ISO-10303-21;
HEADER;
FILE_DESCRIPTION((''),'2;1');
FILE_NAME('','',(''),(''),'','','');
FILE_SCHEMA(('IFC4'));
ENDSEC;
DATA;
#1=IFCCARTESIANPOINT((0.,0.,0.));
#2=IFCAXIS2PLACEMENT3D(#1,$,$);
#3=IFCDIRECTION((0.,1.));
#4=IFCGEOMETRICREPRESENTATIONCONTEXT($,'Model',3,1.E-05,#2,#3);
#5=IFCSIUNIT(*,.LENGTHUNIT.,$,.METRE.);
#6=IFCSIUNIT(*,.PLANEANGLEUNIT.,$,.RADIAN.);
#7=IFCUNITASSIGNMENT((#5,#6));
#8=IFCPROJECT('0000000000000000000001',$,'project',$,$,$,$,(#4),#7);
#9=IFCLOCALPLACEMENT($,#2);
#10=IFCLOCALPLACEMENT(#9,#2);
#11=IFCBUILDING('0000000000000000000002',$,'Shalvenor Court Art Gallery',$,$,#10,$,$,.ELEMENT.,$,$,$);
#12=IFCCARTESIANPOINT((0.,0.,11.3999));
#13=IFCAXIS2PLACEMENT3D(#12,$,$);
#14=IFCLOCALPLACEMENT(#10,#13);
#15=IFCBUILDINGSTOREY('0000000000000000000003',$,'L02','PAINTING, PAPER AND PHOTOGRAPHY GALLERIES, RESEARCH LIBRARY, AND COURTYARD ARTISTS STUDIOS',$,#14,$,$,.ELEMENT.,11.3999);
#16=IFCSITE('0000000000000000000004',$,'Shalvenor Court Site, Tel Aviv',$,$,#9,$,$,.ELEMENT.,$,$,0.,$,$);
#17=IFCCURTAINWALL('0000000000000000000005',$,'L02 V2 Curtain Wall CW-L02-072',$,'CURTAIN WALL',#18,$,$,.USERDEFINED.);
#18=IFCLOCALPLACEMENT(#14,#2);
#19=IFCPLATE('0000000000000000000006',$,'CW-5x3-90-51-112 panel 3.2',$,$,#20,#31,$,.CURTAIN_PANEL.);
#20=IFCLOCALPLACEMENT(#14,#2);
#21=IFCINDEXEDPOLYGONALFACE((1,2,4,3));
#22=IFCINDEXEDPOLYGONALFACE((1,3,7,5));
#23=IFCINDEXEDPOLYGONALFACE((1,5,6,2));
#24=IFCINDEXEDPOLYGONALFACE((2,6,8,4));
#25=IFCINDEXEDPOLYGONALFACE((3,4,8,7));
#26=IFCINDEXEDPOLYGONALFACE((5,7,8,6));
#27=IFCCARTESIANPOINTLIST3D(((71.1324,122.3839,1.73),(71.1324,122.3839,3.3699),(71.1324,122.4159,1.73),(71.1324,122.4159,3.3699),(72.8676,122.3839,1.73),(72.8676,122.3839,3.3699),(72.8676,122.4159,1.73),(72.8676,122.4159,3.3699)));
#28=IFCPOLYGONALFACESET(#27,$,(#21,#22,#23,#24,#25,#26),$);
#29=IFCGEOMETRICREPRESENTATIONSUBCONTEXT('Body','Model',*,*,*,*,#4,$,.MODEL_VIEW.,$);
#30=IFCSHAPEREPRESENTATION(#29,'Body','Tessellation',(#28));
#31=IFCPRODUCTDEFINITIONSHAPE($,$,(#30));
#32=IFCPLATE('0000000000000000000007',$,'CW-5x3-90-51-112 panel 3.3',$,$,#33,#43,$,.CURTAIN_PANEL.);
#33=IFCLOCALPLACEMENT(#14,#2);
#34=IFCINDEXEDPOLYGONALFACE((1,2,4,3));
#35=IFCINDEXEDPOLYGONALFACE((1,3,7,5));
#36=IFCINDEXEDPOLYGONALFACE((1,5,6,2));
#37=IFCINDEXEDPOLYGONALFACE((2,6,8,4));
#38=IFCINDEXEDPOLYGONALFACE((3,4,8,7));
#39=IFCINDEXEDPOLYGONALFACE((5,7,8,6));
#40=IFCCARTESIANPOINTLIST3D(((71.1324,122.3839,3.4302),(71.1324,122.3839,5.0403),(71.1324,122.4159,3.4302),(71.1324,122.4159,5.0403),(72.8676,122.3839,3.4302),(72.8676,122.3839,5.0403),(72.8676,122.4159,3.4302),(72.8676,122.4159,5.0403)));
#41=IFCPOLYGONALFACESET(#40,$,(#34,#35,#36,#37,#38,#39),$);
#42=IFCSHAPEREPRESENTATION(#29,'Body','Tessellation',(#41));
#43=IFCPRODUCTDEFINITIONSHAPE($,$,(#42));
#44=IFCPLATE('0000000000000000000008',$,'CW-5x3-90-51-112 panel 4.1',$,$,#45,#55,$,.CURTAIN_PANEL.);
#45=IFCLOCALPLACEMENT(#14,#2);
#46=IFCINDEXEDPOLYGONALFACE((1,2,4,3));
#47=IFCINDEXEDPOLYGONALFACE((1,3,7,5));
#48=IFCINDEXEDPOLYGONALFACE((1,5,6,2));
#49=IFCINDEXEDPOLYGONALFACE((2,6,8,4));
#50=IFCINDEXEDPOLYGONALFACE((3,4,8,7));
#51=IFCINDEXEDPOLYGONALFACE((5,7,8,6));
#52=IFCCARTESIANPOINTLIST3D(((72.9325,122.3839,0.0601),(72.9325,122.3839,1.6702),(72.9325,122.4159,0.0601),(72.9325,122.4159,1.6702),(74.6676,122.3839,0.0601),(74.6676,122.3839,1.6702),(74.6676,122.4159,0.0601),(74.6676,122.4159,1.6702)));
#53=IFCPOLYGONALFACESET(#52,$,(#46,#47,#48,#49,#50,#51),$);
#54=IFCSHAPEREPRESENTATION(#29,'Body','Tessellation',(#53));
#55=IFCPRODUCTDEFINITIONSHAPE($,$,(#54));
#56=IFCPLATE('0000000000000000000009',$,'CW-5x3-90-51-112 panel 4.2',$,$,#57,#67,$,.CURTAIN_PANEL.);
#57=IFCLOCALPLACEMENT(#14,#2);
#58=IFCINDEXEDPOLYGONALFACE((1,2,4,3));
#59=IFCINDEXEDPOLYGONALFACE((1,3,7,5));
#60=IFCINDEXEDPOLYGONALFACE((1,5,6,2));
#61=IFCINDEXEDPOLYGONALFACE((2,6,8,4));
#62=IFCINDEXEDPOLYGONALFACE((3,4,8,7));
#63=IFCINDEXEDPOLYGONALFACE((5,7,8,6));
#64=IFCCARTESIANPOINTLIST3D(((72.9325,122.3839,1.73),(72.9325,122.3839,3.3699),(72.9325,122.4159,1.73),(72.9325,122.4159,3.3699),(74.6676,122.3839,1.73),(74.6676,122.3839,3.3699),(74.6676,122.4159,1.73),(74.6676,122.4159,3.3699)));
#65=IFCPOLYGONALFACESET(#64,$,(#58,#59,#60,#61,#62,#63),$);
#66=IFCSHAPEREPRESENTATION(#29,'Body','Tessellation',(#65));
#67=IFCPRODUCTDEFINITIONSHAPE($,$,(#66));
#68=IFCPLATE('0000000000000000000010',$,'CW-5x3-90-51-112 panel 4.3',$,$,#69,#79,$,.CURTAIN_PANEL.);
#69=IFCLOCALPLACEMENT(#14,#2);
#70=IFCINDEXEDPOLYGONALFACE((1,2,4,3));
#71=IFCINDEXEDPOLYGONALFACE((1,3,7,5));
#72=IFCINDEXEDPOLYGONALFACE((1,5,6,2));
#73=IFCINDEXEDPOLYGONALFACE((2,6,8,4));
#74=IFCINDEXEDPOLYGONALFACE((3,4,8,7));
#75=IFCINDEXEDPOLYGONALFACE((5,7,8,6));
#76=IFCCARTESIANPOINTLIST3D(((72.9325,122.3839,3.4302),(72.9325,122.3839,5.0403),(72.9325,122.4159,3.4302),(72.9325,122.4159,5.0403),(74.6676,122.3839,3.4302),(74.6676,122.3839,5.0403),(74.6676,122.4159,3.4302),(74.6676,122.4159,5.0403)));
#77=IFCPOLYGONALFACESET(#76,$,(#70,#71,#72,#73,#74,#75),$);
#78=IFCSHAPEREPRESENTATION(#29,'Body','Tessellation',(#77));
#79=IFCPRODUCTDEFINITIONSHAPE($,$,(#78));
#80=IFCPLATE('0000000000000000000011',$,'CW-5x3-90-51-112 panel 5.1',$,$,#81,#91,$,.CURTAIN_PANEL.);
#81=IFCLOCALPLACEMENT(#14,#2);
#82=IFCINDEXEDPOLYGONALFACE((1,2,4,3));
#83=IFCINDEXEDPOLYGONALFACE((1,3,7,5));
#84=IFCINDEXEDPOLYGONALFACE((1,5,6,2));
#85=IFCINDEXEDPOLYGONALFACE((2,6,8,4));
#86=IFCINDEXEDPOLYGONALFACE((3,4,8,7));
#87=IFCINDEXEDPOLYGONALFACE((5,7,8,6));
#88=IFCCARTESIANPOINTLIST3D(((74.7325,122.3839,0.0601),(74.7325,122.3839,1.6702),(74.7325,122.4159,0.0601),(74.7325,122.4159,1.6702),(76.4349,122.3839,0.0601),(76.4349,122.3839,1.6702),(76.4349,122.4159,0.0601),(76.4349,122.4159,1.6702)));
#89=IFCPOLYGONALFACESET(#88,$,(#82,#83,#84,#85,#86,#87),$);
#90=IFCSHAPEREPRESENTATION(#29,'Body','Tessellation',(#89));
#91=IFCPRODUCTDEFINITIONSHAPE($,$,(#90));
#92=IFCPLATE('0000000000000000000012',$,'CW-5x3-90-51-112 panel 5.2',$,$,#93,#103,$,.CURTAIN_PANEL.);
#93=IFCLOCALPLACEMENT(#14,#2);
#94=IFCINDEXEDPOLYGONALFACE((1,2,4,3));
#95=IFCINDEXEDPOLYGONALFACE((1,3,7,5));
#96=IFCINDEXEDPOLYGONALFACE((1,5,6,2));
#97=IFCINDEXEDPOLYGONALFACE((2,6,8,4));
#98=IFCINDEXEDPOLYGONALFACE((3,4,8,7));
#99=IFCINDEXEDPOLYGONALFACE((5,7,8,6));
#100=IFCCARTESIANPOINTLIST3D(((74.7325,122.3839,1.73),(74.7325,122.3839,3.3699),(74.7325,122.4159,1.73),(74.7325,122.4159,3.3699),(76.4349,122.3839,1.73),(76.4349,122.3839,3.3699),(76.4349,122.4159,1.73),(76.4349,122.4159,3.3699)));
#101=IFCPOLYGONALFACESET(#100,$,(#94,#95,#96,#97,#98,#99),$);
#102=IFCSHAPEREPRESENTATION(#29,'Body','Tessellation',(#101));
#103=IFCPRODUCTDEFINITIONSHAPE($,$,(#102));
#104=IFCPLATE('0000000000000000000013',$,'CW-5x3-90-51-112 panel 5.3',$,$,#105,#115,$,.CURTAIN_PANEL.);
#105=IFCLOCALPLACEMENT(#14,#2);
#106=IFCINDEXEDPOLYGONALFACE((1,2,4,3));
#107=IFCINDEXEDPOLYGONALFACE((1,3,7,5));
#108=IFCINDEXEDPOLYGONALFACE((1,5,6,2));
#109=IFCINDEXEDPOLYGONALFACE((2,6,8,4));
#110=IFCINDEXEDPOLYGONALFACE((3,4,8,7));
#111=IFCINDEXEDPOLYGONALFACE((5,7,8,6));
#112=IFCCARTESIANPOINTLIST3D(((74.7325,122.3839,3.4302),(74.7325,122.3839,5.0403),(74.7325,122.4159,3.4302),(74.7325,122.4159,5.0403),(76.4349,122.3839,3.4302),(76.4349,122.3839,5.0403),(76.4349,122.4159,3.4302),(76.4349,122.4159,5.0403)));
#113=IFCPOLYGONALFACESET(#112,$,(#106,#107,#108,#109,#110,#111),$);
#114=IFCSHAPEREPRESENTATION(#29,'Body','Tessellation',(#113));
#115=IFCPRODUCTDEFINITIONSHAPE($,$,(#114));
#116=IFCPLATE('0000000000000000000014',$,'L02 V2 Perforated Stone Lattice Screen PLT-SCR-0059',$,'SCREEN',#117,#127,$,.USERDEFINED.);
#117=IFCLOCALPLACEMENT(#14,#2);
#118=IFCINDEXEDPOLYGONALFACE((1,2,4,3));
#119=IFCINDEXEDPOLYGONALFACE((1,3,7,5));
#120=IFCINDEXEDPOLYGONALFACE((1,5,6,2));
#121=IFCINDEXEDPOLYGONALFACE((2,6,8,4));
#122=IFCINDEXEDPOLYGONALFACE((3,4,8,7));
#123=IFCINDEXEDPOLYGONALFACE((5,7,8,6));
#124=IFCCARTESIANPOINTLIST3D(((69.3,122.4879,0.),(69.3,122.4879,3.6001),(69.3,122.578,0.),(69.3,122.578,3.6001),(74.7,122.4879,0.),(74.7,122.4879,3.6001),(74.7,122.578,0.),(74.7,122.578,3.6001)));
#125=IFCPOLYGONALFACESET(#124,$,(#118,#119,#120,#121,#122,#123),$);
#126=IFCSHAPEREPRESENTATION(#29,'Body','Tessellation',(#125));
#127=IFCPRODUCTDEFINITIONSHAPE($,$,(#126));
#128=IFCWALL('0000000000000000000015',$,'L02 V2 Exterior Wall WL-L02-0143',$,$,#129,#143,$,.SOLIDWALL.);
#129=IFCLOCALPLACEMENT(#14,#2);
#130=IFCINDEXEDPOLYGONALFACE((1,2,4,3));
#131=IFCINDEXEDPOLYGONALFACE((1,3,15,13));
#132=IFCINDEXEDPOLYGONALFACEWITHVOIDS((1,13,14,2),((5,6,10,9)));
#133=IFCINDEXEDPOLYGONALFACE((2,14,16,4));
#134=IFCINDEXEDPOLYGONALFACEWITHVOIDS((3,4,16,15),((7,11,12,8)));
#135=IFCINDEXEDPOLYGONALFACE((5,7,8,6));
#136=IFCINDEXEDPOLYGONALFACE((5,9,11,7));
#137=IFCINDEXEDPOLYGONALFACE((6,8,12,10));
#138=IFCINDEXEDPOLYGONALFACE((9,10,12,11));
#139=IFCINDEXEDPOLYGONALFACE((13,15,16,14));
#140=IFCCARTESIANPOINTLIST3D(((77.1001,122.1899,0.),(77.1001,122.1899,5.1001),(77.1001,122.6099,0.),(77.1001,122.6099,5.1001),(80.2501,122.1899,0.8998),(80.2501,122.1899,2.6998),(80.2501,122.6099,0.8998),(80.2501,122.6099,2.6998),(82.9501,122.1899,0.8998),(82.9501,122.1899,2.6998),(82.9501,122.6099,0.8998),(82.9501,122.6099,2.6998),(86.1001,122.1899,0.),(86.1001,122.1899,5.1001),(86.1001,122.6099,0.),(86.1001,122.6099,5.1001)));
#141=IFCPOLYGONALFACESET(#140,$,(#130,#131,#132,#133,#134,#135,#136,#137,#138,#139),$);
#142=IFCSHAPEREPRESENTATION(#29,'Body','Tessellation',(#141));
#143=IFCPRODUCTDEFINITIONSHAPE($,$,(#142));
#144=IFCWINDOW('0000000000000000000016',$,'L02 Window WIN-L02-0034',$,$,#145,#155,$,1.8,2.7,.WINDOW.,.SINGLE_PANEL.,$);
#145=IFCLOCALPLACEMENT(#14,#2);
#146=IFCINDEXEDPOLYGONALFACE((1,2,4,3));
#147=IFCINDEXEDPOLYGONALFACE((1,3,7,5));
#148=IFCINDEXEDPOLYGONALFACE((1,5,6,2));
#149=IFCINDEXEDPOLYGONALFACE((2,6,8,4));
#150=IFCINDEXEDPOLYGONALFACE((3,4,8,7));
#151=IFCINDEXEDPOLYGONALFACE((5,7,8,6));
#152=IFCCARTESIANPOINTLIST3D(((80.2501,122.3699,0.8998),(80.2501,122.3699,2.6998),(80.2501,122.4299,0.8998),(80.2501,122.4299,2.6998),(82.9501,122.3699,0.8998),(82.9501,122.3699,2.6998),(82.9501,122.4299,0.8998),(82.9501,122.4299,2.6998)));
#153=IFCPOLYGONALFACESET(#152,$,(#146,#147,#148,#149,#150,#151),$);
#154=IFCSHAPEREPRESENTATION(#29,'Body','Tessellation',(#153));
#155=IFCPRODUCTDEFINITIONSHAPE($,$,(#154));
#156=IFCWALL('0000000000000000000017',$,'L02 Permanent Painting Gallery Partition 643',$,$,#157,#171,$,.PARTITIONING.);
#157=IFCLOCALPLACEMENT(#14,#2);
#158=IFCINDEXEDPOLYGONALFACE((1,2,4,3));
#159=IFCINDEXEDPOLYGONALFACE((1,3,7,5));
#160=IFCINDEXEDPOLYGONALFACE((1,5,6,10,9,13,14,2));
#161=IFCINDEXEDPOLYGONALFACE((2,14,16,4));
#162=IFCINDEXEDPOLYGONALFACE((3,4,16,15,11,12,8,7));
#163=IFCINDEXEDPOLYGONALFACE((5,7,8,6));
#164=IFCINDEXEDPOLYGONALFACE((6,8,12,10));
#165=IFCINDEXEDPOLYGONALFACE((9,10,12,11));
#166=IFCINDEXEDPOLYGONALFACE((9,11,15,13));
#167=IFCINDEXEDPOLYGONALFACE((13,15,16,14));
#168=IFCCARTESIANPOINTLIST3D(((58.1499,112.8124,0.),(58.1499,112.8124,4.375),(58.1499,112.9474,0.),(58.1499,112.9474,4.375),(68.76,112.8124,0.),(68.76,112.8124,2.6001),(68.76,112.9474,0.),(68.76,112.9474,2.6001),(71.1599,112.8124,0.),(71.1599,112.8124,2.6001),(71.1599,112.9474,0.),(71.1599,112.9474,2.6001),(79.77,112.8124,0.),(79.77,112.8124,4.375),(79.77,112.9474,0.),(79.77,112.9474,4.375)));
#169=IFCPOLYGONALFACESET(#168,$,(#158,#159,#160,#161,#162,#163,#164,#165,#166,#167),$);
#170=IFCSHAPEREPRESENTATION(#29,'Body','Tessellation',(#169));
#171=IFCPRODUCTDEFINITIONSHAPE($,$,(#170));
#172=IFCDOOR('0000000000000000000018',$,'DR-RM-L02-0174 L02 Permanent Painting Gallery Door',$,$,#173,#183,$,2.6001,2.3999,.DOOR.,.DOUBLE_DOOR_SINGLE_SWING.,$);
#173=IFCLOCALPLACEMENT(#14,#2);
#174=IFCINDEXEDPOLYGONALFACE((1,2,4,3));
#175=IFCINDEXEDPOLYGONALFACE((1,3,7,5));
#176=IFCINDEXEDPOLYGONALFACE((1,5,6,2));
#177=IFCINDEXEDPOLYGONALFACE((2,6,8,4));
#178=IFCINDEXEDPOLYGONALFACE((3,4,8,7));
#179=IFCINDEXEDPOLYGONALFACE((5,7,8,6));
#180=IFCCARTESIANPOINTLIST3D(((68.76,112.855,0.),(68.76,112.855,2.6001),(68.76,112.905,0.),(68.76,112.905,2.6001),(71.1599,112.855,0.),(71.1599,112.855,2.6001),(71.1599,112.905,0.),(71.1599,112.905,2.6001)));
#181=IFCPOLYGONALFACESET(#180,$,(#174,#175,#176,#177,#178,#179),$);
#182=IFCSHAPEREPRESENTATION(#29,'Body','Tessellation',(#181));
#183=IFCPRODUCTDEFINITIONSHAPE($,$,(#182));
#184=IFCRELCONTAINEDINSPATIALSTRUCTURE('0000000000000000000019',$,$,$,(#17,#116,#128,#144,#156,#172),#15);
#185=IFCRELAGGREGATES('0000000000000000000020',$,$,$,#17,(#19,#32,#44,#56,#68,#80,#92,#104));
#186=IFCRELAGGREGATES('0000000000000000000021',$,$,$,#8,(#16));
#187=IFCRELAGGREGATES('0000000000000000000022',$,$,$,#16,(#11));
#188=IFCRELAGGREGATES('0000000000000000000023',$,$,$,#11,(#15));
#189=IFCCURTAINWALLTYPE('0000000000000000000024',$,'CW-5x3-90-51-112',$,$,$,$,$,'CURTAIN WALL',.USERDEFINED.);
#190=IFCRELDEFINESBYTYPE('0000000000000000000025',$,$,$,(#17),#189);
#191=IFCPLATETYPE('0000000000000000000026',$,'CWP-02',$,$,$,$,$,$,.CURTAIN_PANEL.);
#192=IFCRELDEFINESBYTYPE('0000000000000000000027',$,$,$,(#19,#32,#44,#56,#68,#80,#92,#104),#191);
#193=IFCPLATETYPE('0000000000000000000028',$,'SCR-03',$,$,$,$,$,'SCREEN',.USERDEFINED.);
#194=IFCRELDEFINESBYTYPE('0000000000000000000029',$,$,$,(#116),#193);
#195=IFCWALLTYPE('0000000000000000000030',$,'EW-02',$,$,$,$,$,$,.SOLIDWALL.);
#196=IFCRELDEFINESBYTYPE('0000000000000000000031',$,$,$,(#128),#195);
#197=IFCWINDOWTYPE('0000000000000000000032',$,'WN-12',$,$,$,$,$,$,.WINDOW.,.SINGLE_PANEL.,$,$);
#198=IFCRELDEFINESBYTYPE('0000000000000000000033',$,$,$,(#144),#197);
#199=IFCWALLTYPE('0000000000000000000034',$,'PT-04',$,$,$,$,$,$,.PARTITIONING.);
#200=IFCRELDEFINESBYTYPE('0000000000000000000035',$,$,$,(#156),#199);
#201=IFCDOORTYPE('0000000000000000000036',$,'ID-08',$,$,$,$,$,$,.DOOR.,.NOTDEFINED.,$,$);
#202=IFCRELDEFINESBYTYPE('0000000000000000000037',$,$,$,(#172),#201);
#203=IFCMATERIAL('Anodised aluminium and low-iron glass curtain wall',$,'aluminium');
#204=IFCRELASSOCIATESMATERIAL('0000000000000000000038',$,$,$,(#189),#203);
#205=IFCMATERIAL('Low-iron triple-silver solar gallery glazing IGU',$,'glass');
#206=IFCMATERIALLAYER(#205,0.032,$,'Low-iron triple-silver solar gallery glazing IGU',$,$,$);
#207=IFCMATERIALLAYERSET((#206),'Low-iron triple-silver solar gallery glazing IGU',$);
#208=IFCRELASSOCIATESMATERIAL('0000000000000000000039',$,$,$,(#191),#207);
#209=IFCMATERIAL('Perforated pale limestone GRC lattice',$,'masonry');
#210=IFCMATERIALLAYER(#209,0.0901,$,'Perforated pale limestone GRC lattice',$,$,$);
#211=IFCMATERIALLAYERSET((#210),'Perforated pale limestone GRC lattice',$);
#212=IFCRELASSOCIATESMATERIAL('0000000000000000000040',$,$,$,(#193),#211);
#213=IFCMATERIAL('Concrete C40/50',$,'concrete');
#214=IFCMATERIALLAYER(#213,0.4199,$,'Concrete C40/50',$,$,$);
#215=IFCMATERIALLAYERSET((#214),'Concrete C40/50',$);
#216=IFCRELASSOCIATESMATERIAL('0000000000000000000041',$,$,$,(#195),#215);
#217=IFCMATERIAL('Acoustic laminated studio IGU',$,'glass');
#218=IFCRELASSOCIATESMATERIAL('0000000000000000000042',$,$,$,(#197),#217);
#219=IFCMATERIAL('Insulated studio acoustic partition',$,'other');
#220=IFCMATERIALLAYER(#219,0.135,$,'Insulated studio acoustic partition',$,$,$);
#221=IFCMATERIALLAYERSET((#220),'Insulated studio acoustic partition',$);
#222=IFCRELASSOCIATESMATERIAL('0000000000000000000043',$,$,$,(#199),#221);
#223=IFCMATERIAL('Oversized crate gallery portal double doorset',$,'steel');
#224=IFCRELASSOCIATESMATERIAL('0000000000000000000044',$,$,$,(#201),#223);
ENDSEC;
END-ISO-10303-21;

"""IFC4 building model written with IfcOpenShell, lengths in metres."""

from ifc_helpers import new_model, si_unit, direction, frame, frame_2d, origin, origin_2d, place, context, subcontext, project, spatial, rectangle, extrude, material, layer, layer_set, type_object, element, fill, aggregate, save


model = new_model("IFC4")

# Units and contexts
model_context = context("Model", 3, precision=1e-05, world=origin(), true_north=direction((0.0, 1.0)))
body_context = subcontext(model_context, "Body", "Model", "MODEL_VIEW")
ifc_project = project(units=[si_unit("LENGTHUNIT", "METRE"), si_unit("PLANEANGLEUNIT", "RADIAN")], contexts=[model_context])

# Site, building, storey
site_placement = place(None, origin())
site = spatial("IfcSite", under=ifc_project, at=site_placement, Name="Shalvenor Court Site, Tel Aviv", CompositionType="ELEMENT", RefElevation=0.0)
building_placement = place(site_placement, origin())
building = spatial("IfcBuilding", under=site, at=building_placement, Name="Shalvenor Court Art Gallery", CompositionType="ELEMENT")
storey_placement = place(building_placement, frame((0.0, 0.0, 11.3999)))
storey = spatial("IfcBuildingStorey", under=building, at=storey_placement, Name="L02", Description="PAINTING, PAPER AND PHOTOGRAPHY GALLERIES, RESEARCH LIBRARY, AND COURTYARD ARTISTS STUDIOS", CompositionType="ELEMENT", Elevation=11.3999)

# Curtain wall
ifc_material_1 = material(Name="Anodised aluminium and low-iron glass curtain wall", Category="aluminium")
curtain_wall_type = type_object("IfcCurtainWallType", Name="CW-5x3-90-51-112", ElementType="CURTAIN WALL", PredefinedType="USERDEFINED", material=ifc_material_1)
curtain_wall_placement = place(storey_placement, origin())
curtain_wall = element("IfcCurtainWall", 1, at=curtain_wall_placement, inside=storey, type_object=curtain_wall_type, Name="L02 V2 Curtain Wall CW-L02-072", ObjectType="CURTAIN WALL", PredefinedType="USERDEFINED")

# Plates
ifc_material_2 = material(Name="Low-iron triple-silver solar gallery glazing IGU", Category="glass")
ifc_layer_1 = layer(ifc_material_2, 0.032, Name="Low-iron triple-silver solar gallery glazing IGU")
ifc_layer_set_1 = layer_set([ifc_layer_1], Name="Low-iron triple-silver solar gallery glazing IGU")
plate_type_1 = type_object("IfcPlateType", Name="CWP-02", PredefinedType="CURTAIN_PANEL", material=ifc_layer_set_1)
plate_1_placement = place(storey_placement, frame((72.0, 122.3999, 1.73), z_axis=(0.0, 0.0, 1.0), x_axis=(1.0, 0.0, 0.0)))
plate_1 = element("IfcPlate", 2, at=plate_1_placement, type_object=plate_type_1, Name="CW-5x3-90-51-112 panel 3.2", PredefinedType="CURTAIN_PANEL", context=body_context, shape_type="SweptSolid", body=[
    extrude(rectangle(XDim=1.7351, YDim=0.032, at=origin_2d()), origin(), (0.0, 0.0, 1.0), 1.6399),
])
plate_2_placement = place(storey_placement, frame((72.0, 122.3999, 3.4302), z_axis=(0.0, 0.0, 1.0), x_axis=(1.0, 0.0, 0.0)))
plate_2 = element("IfcPlate", 3, at=plate_2_placement, type_object=plate_type_1, Name="CW-5x3-90-51-112 panel 3.3", PredefinedType="CURTAIN_PANEL", context=body_context, shape_type="SweptSolid", body=[
    extrude(rectangle(XDim=1.7351, YDim=0.032, at=origin_2d()), origin(), (0.0, 0.0, 1.0), 1.6101),
])
plate_3_placement = place(storey_placement, frame((73.8, 122.3999, 0.0601), z_axis=(0.0, 0.0, 1.0), x_axis=(1.0, 0.0, 0.0)))
plate_3 = element("IfcPlate", 4, at=plate_3_placement, type_object=plate_type_1, Name="CW-5x3-90-51-112 panel 4.1", PredefinedType="CURTAIN_PANEL", context=body_context, shape_type="SweptSolid", body=[
    extrude(rectangle(XDim=1.7351, YDim=0.032, at=origin_2d()), origin(), (0.0, 0.0, 1.0), 1.6101),
])
plate_4_placement = place(storey_placement, frame((73.8, 122.3999, 1.73), z_axis=(0.0, 0.0, 1.0), x_axis=(1.0, 0.0, 0.0)))
plate_4 = element("IfcPlate", 5, at=plate_4_placement, type_object=plate_type_1, Name="CW-5x3-90-51-112 panel 4.2", PredefinedType="CURTAIN_PANEL", context=body_context, shape_type="SweptSolid", body=[
    extrude(rectangle(XDim=1.7351, YDim=0.032, at=origin_2d()), origin(), (0.0, 0.0, 1.0), 1.6399),
])
plate_5_placement = place(storey_placement, frame((73.8, 122.3999, 3.4302), z_axis=(0.0, 0.0, 1.0), x_axis=(1.0, 0.0, 0.0)))
plate_5 = element("IfcPlate", 6, at=plate_5_placement, type_object=plate_type_1, Name="CW-5x3-90-51-112 panel 4.3", PredefinedType="CURTAIN_PANEL", context=body_context, shape_type="SweptSolid", body=[
    extrude(rectangle(XDim=1.7351, YDim=0.032, at=origin_2d()), origin(), (0.0, 0.0, 1.0), 1.6101),
])
plate_6_placement = place(storey_placement, frame((75.5837, 122.3999, 0.0601), z_axis=(0.0, 0.0, 1.0), x_axis=(1.0, 0.0, 0.0)))
plate_6 = element("IfcPlate", 7, at=plate_6_placement, type_object=plate_type_1, Name="CW-5x3-90-51-112 panel 5.1", PredefinedType="CURTAIN_PANEL", context=body_context, shape_type="SweptSolid", body=[
    extrude(rectangle(XDim=1.7024, YDim=0.032, at=origin_2d()), origin(), (0.0, 0.0, 1.0), 1.6101),
])
plate_7_placement = place(storey_placement, frame((75.5837, 122.3999, 1.73), z_axis=(0.0, 0.0, 1.0), x_axis=(1.0, 0.0, 0.0)))
plate_7 = element("IfcPlate", 8, at=plate_7_placement, type_object=plate_type_1, Name="CW-5x3-90-51-112 panel 5.2", PredefinedType="CURTAIN_PANEL", context=body_context, shape_type="SweptSolid", body=[
    extrude(rectangle(XDim=1.7024, YDim=0.032, at=origin_2d()), origin(), (0.0, 0.0, 1.0), 1.6399),
])
plate_8_placement = place(storey_placement, frame((75.5837, 122.3999, 3.4302), z_axis=(0.0, 0.0, 1.0), x_axis=(1.0, 0.0, 0.0)))
plate_8 = element("IfcPlate", 9, at=plate_8_placement, type_object=plate_type_1, Name="CW-5x3-90-51-112 panel 5.3", PredefinedType="CURTAIN_PANEL", context=body_context, shape_type="SweptSolid", body=[
    extrude(rectangle(XDim=1.7024, YDim=0.032, at=origin_2d()), origin(), (0.0, 0.0, 1.0), 1.6101),
])
aggregate(curtain_wall, [plate_1, plate_2, plate_3, plate_4, plate_5, plate_6, plate_7, plate_8])
ifc_material_3 = material(Name="Perforated pale limestone GRC lattice", Category="masonry")
ifc_layer_2 = layer(ifc_material_3, 0.0901, Name="Perforated pale limestone GRC lattice")
ifc_layer_set_2 = layer_set([ifc_layer_2], Name="Perforated pale limestone GRC lattice")
plate_type_2 = type_object("IfcPlateType", Name="SCR-03", ElementType="SCREEN", PredefinedType="USERDEFINED", material=ifc_layer_set_2)
plate_9_placement = place(storey_placement, frame((72.0, 122.533, 0.0), z_axis=(0.0, 0.0, 1.0), x_axis=(1.0, 0.0, 0.0)))
element("IfcPlate", 10, at=plate_9_placement, inside=storey, type_object=plate_type_2, Name="L02 V2 Perforated Stone Lattice Screen PLT-SCR-0059", ObjectType="SCREEN", PredefinedType="USERDEFINED", context=body_context, shape_type="SweptSolid", body=[
    extrude(rectangle(XDim=5.3999, YDim=0.0901, at=origin_2d()), origin(), (0.0, 0.0, 1.0), 3.6001),
])

# Wall, opening, window
ifc_material_4 = material(Name="Concrete C40/50", Category="concrete")
ifc_layer_3 = layer(ifc_material_4, 0.4199, Name="Concrete C40/50")
ifc_layer_set_3 = layer_set([ifc_layer_3], Name="Concrete C40/50")
wall_type_1 = type_object("IfcWallType", Name="EW-02", PredefinedType="SOLIDWALL", material=ifc_layer_set_3)
wall_1_placement = place(storey_placement, frame((77.1001, 122.3999, 0.0), z_axis=(0.0, 0.0, 1.0), x_axis=(1.0, 0.0, 0.0)))
wall_1 = element("IfcWall", 11, at=wall_1_placement, inside=storey, type_object=wall_type_1, Name="L02 V2 Exterior Wall WL-L02-0143", PredefinedType="SOLIDWALL", context=body_context, shape_type="SweptSolid", body=[
    extrude(rectangle(XDim=9.0, YDim=0.4199, at=frame_2d((4.5, 0.0))), origin(), (0.0, 0.0, 1.0), 5.1001),
])
opening_1_placement = place(wall_1_placement, frame((3.1499, 0.0, 0.8999)))
opening_1 = element("IfcOpeningElement", 12, at=opening_1_placement, cuts=wall_1, PredefinedType="OPENING", context=body_context, shape_type="SweptSolid", body=[
    extrude(rectangle(XDim=2.7, YDim=1.8, at=frame_2d((1.3501, 0.8999))), frame((0.0, 0.22, 0.0), z_axis=(0.0, -1.0, 0.0), x_axis=(1.0, 0.0, 0.0)), (0.0, 0.0, 1.0), 0.4399),
])
ifc_material_5 = material(Name="Acoustic laminated studio IGU", Category="glass")
window_type = type_object("IfcWindowType", Name="WN-12", PartitioningType="SINGLE_PANEL", PredefinedType="WINDOW", material=ifc_material_5)
window_placement = place(opening_1_placement, origin())
window = element("IfcWindow", 13, at=window_placement, inside=storey, type_object=window_type, Name="L02 Window WIN-L02-0034", OverallHeight=1.8, OverallWidth=2.7, PartitioningType="SINGLE_PANEL", PredefinedType="WINDOW", context=body_context, shape_type="SweptSolid", body=[
    extrude(rectangle(XDim=2.7, YDim=1.8, at=frame_2d((1.3501, 0.8999))), frame((0.0, 0.03, 0.0), z_axis=(0.0, -1.0, 0.0), x_axis=(1.0, 0.0, 0.0)), (0.0, 0.0, 1.0), 0.0601),
])
fill(opening_1, window)

# Wall, opening, door
ifc_material_6 = material(Name="Insulated studio acoustic partition", Category="other")
ifc_layer_4 = layer(ifc_material_6, 0.135, Name="Insulated studio acoustic partition")
ifc_layer_set_4 = layer_set([ifc_layer_4], Name="Insulated studio acoustic partition")
wall_type_2 = type_object("IfcWallType", Name="PT-04", PredefinedType="PARTITIONING", material=ifc_layer_set_4)
wall_2_placement = place(storey_placement, frame((79.77, 112.8799, 0.0), z_axis=(0.0, 0.0, 1.0), x_axis=(-1.0, 0.0, 0.0)))
wall_2 = element("IfcWall", 14, at=wall_2_placement, inside=storey, type_object=wall_type_2, Name="L02 Permanent Painting Gallery Partition 643", PredefinedType="PARTITIONING", context=body_context, shape_type="SweptSolid", body=[
    extrude(rectangle(XDim=21.6201, YDim=0.135, at=frame_2d((10.8101, 0.0))), origin(), (0.0, 0.0, 1.0), 4.375),
])
opening_2_placement = place(wall_2_placement, frame((8.6101, 0.0, 0.0)))
opening_2 = element("IfcOpeningElement", 15, at=opening_2_placement, cuts=wall_2, PredefinedType="OPENING", context=body_context, shape_type="SweptSolid", body=[
    extrude(rectangle(XDim=2.3999, YDim=2.6001, at=frame_2d((1.2, 1.3))), frame((0.0, 0.0774, 0.0), z_axis=(0.0, -1.0, 0.0), x_axis=(1.0, 0.0, 0.0)), (0.0, 0.0, 1.0), 0.155),
])
ifc_material_7 = material(Name="Oversized crate gallery portal double doorset", Category="steel")
door_type_1 = type_object("IfcDoorType", Name="ID-08", OperationType="NOTDEFINED", PredefinedType="DOOR", material=ifc_material_7)
door_1_placement = place(opening_2_placement, origin())
door_1 = element("IfcDoor", 16, at=door_1_placement, inside=storey, type_object=door_type_1, Name="DR-RM-L02-0174 L02 Permanent Painting Gallery Door", OperationType="DOUBLE_DOOR_SINGLE_SWING", OverallHeight=2.6001, OverallWidth=2.3999, PredefinedType="DOOR", context=body_context, shape_type="SweptSolid", body=[
    extrude(rectangle(XDim=2.3999, YDim=2.6001, at=frame_2d((1.2, 1.3))), frame((0.0, 0.0249, 0.0), z_axis=(0.0, -1.0, 0.0), x_axis=(1.0, 0.0, 0.0)), (0.0, 0.0, 1.0), 0.05),
])
fill(opening_2, door_1)

save(model, "model.ifc")
